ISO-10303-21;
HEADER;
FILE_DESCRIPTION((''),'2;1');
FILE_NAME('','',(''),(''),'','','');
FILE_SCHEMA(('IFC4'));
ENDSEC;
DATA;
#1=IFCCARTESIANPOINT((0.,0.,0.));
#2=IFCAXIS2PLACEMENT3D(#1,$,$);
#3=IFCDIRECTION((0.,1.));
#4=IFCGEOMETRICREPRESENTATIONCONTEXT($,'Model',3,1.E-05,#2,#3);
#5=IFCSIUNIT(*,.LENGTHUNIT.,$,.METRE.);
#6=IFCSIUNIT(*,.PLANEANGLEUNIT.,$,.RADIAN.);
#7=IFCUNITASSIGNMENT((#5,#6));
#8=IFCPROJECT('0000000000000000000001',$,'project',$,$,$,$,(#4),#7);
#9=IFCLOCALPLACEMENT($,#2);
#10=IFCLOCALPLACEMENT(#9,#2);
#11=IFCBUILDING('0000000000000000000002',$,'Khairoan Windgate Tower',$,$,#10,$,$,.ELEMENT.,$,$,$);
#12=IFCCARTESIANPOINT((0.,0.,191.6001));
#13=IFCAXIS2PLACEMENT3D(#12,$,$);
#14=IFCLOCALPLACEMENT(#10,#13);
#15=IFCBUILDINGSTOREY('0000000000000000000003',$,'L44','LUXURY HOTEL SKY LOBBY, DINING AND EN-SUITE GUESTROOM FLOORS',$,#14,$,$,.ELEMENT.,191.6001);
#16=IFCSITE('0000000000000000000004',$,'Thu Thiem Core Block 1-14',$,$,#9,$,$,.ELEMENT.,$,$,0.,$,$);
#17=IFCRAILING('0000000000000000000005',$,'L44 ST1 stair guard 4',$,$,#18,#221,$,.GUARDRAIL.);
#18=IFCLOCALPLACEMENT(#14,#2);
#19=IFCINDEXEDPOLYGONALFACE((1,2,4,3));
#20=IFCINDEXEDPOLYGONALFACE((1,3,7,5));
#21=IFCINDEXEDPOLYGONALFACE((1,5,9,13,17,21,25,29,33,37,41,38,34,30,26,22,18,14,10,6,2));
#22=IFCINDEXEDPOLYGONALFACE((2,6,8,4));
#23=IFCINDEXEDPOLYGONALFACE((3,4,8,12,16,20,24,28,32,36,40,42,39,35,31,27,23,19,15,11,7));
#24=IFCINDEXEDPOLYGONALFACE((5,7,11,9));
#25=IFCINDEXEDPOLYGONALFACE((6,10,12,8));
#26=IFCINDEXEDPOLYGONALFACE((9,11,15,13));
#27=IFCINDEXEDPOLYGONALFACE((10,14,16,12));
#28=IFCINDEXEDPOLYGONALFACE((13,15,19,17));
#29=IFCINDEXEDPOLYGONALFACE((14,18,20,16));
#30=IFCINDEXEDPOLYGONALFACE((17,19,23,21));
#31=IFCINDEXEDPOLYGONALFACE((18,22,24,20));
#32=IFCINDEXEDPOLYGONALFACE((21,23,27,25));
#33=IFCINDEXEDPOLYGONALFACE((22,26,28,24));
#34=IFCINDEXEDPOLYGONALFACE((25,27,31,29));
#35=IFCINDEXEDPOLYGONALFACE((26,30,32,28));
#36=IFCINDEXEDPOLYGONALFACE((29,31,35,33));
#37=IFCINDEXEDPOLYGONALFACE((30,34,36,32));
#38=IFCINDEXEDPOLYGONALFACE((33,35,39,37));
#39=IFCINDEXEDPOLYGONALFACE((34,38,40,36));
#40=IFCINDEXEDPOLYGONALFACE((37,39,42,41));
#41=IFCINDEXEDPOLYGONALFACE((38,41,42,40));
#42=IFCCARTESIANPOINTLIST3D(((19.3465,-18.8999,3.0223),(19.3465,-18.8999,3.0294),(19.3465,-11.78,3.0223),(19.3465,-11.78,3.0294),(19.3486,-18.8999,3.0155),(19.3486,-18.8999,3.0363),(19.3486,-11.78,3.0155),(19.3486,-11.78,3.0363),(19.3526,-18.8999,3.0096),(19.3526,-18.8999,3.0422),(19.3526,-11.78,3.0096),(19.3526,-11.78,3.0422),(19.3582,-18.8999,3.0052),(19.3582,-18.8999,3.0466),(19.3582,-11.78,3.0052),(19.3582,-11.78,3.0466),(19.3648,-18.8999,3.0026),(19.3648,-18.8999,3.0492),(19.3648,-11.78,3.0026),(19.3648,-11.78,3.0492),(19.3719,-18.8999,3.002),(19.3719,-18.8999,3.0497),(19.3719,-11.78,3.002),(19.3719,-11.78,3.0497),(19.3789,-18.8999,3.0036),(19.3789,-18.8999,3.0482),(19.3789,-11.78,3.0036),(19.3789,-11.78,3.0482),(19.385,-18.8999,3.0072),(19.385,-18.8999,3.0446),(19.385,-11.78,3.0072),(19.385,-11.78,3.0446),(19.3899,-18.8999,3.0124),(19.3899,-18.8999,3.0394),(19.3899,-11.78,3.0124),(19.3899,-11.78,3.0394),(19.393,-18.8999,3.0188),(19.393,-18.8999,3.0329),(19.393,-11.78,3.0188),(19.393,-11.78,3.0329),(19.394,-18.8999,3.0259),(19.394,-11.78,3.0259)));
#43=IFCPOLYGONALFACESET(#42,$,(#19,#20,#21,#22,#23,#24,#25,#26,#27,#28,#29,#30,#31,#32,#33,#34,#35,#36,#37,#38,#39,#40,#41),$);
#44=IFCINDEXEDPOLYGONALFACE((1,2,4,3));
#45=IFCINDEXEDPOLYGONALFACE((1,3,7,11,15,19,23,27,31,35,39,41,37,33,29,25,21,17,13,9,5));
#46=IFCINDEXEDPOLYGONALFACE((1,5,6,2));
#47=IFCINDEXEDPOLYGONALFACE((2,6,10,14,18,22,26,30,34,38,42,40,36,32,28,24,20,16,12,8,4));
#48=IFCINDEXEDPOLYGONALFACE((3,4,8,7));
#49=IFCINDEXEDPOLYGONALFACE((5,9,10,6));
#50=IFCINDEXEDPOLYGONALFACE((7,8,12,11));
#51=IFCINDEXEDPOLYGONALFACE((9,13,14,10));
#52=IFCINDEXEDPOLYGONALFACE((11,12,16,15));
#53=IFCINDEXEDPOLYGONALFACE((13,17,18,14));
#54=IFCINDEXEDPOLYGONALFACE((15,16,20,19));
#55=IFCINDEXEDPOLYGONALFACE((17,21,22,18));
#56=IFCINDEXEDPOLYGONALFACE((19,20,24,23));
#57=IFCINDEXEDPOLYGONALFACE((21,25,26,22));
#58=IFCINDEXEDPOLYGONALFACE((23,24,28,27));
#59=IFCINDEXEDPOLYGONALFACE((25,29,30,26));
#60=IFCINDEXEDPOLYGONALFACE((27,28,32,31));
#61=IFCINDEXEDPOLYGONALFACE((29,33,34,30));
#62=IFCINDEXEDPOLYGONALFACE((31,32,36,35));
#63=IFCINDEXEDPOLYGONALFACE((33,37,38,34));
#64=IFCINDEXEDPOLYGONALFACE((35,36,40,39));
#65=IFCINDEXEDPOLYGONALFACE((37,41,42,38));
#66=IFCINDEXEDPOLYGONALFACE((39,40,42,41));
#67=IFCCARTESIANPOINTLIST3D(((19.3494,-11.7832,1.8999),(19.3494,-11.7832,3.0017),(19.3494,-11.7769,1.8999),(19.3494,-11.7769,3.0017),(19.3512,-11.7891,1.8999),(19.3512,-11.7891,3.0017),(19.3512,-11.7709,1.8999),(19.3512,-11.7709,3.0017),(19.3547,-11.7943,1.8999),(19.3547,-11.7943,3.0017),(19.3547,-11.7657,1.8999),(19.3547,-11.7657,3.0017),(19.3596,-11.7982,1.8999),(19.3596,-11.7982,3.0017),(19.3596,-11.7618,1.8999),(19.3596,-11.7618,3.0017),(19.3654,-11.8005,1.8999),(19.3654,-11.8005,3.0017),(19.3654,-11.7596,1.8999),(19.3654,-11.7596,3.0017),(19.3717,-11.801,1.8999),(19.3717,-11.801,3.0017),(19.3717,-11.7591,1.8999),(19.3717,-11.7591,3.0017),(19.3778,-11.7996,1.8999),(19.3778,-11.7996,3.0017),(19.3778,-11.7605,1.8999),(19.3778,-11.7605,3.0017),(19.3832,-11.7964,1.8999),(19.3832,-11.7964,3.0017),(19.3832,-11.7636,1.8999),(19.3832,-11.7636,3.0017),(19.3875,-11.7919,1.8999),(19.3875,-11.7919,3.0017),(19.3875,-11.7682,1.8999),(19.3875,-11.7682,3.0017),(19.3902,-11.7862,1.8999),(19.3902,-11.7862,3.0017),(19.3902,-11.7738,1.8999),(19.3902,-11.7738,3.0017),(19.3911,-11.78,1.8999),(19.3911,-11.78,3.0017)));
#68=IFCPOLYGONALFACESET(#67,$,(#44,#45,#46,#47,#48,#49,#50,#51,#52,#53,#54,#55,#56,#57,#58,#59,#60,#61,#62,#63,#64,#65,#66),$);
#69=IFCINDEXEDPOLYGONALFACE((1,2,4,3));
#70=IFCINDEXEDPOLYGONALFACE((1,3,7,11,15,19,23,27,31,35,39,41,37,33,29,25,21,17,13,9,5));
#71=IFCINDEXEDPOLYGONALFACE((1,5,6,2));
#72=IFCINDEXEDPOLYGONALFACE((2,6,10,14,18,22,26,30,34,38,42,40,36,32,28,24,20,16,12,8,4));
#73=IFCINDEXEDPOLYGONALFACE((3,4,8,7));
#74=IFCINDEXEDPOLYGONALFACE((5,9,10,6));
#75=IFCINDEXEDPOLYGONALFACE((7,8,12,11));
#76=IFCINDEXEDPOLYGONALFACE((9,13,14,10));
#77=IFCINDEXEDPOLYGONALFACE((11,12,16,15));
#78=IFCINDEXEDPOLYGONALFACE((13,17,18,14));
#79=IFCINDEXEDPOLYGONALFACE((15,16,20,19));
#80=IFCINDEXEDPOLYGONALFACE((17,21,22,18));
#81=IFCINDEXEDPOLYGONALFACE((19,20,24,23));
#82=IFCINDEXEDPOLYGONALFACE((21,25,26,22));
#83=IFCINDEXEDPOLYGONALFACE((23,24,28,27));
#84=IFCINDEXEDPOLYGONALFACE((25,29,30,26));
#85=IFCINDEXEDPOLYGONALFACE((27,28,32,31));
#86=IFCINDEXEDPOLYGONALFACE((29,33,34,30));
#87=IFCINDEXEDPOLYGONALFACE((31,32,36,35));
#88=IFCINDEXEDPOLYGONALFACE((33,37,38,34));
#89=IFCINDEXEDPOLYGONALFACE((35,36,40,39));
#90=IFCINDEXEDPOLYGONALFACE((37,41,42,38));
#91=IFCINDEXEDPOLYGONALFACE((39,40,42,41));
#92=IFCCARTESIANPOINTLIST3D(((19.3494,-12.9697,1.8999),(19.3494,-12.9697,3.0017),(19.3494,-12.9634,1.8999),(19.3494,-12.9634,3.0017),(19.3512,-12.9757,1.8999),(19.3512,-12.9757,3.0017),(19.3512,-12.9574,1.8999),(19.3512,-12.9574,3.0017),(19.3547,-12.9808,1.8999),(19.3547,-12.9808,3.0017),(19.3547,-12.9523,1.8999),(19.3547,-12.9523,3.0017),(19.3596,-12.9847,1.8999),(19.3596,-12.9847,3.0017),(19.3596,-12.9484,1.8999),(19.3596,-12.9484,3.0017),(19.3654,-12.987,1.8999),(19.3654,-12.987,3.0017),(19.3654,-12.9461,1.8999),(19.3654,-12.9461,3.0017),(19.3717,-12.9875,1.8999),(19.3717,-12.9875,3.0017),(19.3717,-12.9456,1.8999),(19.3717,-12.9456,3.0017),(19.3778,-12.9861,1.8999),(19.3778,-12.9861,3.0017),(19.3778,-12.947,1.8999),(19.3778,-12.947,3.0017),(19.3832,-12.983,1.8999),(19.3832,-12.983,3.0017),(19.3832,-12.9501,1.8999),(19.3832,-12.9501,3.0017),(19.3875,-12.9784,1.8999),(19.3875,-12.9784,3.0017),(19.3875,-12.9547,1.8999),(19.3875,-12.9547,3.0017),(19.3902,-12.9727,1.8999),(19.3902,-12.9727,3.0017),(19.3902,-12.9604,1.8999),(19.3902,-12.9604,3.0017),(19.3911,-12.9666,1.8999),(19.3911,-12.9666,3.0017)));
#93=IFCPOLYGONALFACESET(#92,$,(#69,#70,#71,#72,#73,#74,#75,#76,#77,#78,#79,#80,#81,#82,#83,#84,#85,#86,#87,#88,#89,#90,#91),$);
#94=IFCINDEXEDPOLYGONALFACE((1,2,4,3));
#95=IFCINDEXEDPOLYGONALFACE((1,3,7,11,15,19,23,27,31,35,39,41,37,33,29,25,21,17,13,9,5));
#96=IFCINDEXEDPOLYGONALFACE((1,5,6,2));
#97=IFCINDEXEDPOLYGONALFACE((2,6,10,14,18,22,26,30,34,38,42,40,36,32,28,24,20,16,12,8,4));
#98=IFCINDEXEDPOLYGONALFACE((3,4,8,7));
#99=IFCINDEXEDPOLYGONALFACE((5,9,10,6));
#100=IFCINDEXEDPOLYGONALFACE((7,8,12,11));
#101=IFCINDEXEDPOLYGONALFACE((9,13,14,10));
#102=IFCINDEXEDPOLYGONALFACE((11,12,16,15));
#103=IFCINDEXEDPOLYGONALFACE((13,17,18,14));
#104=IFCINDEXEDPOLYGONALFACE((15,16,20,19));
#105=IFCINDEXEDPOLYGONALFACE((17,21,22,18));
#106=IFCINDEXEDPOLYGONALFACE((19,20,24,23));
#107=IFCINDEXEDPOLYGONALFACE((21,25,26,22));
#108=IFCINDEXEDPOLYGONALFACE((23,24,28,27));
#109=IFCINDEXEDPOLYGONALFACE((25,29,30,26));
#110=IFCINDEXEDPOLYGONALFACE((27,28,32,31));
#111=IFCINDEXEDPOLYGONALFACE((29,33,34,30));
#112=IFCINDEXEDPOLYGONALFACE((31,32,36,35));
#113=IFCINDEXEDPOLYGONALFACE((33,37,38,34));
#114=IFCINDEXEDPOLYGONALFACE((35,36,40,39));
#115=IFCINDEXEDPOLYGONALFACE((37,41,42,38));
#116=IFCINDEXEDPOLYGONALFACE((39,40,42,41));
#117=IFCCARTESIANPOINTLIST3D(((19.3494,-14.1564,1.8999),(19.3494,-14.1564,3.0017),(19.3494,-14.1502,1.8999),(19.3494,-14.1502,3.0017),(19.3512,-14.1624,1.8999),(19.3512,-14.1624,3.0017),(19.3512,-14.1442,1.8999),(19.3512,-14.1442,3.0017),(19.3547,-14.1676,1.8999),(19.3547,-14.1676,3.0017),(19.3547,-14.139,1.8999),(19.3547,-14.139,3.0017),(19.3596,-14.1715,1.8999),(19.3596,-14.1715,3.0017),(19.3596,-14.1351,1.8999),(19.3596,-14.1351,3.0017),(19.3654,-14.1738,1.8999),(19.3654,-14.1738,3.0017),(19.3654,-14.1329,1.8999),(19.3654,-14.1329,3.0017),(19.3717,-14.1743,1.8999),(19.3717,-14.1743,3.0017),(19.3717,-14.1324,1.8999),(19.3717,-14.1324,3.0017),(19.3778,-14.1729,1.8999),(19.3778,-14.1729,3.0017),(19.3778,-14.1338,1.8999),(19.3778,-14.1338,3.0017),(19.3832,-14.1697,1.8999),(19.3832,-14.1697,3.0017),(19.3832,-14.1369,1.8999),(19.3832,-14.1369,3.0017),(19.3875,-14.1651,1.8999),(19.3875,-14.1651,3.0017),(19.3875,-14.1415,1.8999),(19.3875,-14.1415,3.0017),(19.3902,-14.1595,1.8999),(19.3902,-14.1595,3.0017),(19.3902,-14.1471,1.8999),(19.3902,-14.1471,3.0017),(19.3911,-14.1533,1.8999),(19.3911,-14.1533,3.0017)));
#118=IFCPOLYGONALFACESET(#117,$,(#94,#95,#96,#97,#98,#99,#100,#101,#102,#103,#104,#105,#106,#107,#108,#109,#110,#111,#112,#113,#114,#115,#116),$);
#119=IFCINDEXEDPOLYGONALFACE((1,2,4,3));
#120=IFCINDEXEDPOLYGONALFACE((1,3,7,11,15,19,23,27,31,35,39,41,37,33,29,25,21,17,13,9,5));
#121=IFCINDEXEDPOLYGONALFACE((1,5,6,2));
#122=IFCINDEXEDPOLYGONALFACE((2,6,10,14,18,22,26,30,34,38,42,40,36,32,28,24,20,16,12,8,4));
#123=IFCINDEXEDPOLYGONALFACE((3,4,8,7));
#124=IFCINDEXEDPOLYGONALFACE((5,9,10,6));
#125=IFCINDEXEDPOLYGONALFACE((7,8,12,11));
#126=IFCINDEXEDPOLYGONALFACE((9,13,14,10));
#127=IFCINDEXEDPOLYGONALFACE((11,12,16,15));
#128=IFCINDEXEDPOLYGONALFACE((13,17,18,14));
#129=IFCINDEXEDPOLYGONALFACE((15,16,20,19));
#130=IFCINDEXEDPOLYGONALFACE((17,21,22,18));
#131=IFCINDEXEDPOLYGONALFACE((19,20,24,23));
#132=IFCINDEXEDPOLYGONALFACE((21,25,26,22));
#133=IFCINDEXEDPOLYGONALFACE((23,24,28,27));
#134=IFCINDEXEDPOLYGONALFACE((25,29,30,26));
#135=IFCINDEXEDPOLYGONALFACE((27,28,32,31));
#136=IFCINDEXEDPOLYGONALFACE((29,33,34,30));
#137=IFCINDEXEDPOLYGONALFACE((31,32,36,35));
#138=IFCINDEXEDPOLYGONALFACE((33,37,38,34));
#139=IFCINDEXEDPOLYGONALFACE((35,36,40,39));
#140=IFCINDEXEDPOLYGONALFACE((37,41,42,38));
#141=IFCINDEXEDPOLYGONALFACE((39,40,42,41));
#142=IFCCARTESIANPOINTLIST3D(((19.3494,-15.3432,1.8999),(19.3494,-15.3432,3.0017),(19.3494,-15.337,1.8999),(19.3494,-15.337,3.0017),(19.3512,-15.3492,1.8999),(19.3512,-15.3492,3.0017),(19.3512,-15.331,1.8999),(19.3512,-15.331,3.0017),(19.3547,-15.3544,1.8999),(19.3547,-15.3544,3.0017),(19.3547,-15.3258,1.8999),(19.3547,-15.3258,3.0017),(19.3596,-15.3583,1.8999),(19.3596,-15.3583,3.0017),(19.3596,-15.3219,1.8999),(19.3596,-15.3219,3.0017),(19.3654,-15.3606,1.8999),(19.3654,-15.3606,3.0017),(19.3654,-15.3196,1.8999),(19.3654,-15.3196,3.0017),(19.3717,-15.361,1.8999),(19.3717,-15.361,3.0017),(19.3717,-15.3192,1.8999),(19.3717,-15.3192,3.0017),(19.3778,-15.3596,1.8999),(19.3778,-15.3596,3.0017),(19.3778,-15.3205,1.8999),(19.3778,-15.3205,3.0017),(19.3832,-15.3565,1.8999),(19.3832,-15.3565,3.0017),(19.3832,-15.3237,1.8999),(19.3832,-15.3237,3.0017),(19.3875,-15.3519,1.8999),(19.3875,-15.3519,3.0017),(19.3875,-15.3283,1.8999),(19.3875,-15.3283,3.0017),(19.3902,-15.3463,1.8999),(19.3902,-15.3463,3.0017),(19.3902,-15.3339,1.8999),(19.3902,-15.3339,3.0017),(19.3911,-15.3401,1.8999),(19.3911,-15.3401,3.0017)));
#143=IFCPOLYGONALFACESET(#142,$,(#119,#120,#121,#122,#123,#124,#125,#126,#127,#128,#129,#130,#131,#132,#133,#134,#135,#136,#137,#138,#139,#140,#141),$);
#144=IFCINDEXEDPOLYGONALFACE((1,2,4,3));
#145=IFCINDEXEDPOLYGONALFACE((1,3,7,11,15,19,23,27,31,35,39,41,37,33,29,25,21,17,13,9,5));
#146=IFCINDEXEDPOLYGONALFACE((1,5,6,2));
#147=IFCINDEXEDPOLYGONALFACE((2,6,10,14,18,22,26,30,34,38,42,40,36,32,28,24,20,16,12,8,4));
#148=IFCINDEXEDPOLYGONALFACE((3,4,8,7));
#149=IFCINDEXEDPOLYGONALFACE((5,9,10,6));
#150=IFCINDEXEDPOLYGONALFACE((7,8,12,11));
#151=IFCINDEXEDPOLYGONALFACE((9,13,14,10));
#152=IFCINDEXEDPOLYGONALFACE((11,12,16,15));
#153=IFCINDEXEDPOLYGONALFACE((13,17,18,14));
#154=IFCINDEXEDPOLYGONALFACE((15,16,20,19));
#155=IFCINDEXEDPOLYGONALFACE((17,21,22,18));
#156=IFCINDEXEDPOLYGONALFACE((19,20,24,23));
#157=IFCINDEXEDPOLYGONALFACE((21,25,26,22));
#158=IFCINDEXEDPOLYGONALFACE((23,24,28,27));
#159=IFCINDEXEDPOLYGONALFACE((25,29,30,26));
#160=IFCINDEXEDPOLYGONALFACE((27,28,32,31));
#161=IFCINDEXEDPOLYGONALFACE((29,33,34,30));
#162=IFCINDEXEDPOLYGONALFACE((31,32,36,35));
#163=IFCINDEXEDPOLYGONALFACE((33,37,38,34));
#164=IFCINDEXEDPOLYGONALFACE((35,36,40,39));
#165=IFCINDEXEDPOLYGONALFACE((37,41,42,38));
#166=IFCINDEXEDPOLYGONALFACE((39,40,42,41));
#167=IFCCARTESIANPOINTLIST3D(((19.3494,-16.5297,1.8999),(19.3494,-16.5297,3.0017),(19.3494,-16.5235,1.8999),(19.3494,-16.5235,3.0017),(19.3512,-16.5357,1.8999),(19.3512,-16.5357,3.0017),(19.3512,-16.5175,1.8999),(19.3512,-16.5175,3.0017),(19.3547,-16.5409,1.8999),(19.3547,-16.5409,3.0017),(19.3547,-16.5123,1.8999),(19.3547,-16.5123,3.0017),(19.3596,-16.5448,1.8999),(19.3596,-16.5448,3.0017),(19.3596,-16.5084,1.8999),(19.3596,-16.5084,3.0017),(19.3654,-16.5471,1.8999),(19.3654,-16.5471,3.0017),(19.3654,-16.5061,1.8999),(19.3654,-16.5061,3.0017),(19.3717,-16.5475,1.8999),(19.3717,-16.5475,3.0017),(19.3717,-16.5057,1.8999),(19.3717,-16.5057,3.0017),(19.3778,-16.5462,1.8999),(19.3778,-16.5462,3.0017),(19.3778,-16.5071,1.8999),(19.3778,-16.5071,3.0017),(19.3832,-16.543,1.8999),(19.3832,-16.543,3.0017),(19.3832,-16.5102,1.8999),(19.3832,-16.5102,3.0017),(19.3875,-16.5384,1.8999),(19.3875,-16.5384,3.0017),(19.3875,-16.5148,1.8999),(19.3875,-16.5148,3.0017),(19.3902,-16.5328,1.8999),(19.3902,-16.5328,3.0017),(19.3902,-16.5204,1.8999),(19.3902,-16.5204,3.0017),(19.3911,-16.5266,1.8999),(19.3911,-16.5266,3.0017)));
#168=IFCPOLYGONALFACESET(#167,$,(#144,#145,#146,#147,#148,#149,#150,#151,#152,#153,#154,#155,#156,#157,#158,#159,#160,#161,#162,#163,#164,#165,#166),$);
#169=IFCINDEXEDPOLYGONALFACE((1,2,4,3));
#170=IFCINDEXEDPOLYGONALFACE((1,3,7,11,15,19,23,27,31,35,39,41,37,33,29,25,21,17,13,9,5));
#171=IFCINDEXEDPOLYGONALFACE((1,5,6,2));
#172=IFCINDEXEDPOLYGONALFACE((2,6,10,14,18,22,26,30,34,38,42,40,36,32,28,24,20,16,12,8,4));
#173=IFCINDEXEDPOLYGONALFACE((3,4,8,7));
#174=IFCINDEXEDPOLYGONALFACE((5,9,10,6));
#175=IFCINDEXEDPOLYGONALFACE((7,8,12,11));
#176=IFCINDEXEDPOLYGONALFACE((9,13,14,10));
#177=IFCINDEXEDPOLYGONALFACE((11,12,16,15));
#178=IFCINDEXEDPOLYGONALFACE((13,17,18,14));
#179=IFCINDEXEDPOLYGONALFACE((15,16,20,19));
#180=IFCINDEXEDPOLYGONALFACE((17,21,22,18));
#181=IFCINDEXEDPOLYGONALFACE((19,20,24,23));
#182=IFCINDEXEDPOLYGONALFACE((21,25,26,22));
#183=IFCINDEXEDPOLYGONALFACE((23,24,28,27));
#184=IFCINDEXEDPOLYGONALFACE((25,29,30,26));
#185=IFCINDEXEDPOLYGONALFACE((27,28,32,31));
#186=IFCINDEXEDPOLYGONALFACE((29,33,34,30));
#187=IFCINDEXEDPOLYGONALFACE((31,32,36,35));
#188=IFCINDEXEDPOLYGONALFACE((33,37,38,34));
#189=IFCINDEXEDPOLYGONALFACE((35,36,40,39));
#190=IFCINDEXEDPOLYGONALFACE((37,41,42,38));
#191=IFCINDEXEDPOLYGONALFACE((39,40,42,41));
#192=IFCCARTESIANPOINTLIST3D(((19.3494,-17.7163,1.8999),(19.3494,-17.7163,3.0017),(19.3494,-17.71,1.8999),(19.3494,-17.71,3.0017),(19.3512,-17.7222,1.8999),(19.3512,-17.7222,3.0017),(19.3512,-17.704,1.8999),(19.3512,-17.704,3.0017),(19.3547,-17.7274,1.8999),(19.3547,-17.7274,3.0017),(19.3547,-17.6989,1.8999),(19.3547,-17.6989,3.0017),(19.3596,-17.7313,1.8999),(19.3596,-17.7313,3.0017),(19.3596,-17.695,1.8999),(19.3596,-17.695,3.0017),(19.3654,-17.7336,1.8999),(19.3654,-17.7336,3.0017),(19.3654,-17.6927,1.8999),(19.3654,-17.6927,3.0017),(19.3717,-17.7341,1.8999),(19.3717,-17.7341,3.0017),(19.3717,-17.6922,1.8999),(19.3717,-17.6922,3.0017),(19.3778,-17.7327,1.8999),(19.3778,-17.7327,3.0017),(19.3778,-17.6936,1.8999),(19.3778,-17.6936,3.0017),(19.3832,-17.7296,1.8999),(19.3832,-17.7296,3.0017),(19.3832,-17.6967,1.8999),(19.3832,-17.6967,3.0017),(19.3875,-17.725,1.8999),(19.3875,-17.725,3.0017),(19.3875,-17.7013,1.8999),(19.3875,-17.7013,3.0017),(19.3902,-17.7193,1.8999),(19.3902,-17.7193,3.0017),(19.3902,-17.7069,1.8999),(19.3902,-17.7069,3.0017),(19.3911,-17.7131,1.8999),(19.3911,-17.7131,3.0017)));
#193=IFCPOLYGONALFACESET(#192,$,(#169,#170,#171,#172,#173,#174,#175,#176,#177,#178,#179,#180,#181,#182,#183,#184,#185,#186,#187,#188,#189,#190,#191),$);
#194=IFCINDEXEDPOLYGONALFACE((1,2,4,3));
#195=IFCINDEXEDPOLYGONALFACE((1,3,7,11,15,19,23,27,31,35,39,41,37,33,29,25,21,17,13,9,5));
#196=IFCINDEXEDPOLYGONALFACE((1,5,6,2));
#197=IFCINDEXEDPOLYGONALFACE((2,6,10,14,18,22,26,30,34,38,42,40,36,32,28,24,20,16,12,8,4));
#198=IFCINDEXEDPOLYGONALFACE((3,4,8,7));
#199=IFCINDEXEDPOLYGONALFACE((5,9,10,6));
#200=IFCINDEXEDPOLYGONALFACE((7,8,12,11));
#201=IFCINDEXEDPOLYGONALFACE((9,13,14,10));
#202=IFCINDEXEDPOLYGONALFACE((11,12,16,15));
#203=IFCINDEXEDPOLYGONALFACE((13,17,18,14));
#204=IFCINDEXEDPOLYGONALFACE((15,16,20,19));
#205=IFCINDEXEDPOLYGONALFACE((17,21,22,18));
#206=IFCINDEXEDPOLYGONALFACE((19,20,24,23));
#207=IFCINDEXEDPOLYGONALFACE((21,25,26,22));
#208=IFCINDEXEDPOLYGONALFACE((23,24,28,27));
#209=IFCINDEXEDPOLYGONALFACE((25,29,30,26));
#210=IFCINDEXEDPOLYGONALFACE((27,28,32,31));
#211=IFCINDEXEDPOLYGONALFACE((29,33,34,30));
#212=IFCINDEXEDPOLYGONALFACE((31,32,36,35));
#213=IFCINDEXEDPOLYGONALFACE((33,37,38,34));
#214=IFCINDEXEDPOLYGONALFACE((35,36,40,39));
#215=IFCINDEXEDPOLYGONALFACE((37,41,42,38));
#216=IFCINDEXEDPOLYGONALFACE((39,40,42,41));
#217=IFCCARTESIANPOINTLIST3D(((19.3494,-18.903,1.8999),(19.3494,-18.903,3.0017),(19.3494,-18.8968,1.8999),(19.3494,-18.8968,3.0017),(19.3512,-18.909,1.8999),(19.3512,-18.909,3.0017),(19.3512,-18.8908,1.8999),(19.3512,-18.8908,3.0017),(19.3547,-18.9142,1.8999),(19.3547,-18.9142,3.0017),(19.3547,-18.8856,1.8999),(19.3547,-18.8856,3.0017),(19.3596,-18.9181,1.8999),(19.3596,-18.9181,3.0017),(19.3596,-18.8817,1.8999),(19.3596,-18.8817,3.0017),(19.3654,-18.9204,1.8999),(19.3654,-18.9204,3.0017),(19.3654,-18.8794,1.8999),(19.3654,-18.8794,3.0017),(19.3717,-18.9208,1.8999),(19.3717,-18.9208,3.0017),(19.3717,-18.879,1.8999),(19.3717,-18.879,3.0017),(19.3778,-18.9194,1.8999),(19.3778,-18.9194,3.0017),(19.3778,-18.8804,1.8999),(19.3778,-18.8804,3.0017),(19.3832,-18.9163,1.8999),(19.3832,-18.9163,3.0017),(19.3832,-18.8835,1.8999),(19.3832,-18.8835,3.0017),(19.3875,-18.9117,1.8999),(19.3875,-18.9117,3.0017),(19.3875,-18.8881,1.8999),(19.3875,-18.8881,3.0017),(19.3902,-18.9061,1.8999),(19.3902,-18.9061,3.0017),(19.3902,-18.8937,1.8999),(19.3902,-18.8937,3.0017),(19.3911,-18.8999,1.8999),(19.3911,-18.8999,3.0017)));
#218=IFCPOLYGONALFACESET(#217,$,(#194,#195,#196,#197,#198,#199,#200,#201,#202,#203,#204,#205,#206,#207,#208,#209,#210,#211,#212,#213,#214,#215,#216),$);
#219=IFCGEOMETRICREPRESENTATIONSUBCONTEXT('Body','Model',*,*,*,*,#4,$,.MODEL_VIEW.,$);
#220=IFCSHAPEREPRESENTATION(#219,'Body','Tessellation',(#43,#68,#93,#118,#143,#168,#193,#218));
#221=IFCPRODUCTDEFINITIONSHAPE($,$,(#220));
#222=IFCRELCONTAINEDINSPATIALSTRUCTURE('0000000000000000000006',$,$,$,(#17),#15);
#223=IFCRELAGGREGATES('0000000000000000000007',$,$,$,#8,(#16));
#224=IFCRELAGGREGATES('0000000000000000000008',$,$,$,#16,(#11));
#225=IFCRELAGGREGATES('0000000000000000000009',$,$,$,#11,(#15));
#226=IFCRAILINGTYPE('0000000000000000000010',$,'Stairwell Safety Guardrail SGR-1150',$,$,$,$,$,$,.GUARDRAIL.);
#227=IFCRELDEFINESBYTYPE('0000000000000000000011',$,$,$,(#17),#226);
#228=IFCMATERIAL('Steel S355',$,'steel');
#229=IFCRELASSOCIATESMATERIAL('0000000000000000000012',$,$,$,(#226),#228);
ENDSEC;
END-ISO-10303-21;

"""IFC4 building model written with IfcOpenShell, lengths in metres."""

from ifc_helpers import new_model, si_unit, direction, frame, origin, origin_2d, place, context, subcontext, project, spatial, circle, extrude, material, type_object, element, save


model = new_model("IFC4")

# Units and contexts
model_context = context("Model", 3, precision=1e-05, world=origin(), true_north=direction((0.0, 1.0)))
body_context = subcontext(model_context, "Body", "Model", "MODEL_VIEW")
ifc_project = project(units=[si_unit("LENGTHUNIT", "METRE"), si_unit("PLANEANGLEUNIT", "RADIAN")], contexts=[model_context])

# Site, building, storey
site_placement = place(None, origin())
site = spatial("IfcSite", under=ifc_project, at=site_placement, Name="Thu Thiem Core Block 1-14", CompositionType="ELEMENT", RefElevation=0.0)
building_placement = place(site_placement, origin())
building = spatial("IfcBuilding", under=site, at=building_placement, Name="Khairoan Windgate Tower", CompositionType="ELEMENT")
storey_placement = place(building_placement, frame((0.0, 0.0, 191.6001)))
storey = spatial("IfcBuildingStorey", under=building, at=storey_placement, Name="L44", Description="LUXURY HOTEL SKY LOBBY, DINING AND EN-SUITE GUESTROOM FLOORS", CompositionType="ELEMENT", Elevation=191.6001)

# Railing
ifc_material_1 = material(Name="Steel S355", Category="steel")
railing_type_1 = type_object("IfcRailingType", Name="Stairwell Safety Guardrail SGR-1150", PredefinedType="GUARDRAIL", material=ifc_material_1)
railing_1_placement = place(storey_placement, frame((19.3701, -11.78, 1.8999)))
element("IfcRailing", 1, at=railing_1_placement, inside=storey, type_object=railing_type_1, Name="L44 ST1 stair guard 4", PredefinedType="GUARDRAIL", context=body_context, shape_type="SweptSolid", body=[
    extrude(circle(Radius=0.0239, at=origin_2d()), frame((0.0, 0.0, 1.126), z_axis=(0.0, -1.0, 0.0), x_axis=(1.0, 0.0, 0.0)), (0.0, 0.0, 1.0), 7.1199),
    extrude(circle(Radius=0.021, at=origin_2d()), origin(), (0.0, 0.0, 1.0), 1.1018),
    extrude(circle(Radius=0.021, at=origin_2d()), frame((0.0, -1.1865, 0.0)), (0.0, 0.0, 1.0), 1.1018),
    extrude(circle(Radius=0.021, at=origin_2d()), frame((0.0, -2.3733, 0.0)), (0.0, 0.0, 1.0), 1.1018),
    extrude(circle(Radius=0.021, at=origin_2d()), frame((0.0, -3.5601, 0.0)), (0.0, 0.0, 1.0), 1.1018),
    extrude(circle(Radius=0.021, at=origin_2d()), frame((0.0, -4.7466, 0.0)), (0.0, 0.0, 1.0), 1.1018),
    extrude(circle(Radius=0.021, at=origin_2d()), frame((0.0, -5.9331, 0.0)), (0.0, 0.0, 1.0), 1.1018),
    extrude(circle(Radius=0.021, at=origin_2d()), frame((0.0, -7.1199, 0.0)), (0.0, 0.0, 1.0), 1.1018),
])

save(model, "model.ifc")
